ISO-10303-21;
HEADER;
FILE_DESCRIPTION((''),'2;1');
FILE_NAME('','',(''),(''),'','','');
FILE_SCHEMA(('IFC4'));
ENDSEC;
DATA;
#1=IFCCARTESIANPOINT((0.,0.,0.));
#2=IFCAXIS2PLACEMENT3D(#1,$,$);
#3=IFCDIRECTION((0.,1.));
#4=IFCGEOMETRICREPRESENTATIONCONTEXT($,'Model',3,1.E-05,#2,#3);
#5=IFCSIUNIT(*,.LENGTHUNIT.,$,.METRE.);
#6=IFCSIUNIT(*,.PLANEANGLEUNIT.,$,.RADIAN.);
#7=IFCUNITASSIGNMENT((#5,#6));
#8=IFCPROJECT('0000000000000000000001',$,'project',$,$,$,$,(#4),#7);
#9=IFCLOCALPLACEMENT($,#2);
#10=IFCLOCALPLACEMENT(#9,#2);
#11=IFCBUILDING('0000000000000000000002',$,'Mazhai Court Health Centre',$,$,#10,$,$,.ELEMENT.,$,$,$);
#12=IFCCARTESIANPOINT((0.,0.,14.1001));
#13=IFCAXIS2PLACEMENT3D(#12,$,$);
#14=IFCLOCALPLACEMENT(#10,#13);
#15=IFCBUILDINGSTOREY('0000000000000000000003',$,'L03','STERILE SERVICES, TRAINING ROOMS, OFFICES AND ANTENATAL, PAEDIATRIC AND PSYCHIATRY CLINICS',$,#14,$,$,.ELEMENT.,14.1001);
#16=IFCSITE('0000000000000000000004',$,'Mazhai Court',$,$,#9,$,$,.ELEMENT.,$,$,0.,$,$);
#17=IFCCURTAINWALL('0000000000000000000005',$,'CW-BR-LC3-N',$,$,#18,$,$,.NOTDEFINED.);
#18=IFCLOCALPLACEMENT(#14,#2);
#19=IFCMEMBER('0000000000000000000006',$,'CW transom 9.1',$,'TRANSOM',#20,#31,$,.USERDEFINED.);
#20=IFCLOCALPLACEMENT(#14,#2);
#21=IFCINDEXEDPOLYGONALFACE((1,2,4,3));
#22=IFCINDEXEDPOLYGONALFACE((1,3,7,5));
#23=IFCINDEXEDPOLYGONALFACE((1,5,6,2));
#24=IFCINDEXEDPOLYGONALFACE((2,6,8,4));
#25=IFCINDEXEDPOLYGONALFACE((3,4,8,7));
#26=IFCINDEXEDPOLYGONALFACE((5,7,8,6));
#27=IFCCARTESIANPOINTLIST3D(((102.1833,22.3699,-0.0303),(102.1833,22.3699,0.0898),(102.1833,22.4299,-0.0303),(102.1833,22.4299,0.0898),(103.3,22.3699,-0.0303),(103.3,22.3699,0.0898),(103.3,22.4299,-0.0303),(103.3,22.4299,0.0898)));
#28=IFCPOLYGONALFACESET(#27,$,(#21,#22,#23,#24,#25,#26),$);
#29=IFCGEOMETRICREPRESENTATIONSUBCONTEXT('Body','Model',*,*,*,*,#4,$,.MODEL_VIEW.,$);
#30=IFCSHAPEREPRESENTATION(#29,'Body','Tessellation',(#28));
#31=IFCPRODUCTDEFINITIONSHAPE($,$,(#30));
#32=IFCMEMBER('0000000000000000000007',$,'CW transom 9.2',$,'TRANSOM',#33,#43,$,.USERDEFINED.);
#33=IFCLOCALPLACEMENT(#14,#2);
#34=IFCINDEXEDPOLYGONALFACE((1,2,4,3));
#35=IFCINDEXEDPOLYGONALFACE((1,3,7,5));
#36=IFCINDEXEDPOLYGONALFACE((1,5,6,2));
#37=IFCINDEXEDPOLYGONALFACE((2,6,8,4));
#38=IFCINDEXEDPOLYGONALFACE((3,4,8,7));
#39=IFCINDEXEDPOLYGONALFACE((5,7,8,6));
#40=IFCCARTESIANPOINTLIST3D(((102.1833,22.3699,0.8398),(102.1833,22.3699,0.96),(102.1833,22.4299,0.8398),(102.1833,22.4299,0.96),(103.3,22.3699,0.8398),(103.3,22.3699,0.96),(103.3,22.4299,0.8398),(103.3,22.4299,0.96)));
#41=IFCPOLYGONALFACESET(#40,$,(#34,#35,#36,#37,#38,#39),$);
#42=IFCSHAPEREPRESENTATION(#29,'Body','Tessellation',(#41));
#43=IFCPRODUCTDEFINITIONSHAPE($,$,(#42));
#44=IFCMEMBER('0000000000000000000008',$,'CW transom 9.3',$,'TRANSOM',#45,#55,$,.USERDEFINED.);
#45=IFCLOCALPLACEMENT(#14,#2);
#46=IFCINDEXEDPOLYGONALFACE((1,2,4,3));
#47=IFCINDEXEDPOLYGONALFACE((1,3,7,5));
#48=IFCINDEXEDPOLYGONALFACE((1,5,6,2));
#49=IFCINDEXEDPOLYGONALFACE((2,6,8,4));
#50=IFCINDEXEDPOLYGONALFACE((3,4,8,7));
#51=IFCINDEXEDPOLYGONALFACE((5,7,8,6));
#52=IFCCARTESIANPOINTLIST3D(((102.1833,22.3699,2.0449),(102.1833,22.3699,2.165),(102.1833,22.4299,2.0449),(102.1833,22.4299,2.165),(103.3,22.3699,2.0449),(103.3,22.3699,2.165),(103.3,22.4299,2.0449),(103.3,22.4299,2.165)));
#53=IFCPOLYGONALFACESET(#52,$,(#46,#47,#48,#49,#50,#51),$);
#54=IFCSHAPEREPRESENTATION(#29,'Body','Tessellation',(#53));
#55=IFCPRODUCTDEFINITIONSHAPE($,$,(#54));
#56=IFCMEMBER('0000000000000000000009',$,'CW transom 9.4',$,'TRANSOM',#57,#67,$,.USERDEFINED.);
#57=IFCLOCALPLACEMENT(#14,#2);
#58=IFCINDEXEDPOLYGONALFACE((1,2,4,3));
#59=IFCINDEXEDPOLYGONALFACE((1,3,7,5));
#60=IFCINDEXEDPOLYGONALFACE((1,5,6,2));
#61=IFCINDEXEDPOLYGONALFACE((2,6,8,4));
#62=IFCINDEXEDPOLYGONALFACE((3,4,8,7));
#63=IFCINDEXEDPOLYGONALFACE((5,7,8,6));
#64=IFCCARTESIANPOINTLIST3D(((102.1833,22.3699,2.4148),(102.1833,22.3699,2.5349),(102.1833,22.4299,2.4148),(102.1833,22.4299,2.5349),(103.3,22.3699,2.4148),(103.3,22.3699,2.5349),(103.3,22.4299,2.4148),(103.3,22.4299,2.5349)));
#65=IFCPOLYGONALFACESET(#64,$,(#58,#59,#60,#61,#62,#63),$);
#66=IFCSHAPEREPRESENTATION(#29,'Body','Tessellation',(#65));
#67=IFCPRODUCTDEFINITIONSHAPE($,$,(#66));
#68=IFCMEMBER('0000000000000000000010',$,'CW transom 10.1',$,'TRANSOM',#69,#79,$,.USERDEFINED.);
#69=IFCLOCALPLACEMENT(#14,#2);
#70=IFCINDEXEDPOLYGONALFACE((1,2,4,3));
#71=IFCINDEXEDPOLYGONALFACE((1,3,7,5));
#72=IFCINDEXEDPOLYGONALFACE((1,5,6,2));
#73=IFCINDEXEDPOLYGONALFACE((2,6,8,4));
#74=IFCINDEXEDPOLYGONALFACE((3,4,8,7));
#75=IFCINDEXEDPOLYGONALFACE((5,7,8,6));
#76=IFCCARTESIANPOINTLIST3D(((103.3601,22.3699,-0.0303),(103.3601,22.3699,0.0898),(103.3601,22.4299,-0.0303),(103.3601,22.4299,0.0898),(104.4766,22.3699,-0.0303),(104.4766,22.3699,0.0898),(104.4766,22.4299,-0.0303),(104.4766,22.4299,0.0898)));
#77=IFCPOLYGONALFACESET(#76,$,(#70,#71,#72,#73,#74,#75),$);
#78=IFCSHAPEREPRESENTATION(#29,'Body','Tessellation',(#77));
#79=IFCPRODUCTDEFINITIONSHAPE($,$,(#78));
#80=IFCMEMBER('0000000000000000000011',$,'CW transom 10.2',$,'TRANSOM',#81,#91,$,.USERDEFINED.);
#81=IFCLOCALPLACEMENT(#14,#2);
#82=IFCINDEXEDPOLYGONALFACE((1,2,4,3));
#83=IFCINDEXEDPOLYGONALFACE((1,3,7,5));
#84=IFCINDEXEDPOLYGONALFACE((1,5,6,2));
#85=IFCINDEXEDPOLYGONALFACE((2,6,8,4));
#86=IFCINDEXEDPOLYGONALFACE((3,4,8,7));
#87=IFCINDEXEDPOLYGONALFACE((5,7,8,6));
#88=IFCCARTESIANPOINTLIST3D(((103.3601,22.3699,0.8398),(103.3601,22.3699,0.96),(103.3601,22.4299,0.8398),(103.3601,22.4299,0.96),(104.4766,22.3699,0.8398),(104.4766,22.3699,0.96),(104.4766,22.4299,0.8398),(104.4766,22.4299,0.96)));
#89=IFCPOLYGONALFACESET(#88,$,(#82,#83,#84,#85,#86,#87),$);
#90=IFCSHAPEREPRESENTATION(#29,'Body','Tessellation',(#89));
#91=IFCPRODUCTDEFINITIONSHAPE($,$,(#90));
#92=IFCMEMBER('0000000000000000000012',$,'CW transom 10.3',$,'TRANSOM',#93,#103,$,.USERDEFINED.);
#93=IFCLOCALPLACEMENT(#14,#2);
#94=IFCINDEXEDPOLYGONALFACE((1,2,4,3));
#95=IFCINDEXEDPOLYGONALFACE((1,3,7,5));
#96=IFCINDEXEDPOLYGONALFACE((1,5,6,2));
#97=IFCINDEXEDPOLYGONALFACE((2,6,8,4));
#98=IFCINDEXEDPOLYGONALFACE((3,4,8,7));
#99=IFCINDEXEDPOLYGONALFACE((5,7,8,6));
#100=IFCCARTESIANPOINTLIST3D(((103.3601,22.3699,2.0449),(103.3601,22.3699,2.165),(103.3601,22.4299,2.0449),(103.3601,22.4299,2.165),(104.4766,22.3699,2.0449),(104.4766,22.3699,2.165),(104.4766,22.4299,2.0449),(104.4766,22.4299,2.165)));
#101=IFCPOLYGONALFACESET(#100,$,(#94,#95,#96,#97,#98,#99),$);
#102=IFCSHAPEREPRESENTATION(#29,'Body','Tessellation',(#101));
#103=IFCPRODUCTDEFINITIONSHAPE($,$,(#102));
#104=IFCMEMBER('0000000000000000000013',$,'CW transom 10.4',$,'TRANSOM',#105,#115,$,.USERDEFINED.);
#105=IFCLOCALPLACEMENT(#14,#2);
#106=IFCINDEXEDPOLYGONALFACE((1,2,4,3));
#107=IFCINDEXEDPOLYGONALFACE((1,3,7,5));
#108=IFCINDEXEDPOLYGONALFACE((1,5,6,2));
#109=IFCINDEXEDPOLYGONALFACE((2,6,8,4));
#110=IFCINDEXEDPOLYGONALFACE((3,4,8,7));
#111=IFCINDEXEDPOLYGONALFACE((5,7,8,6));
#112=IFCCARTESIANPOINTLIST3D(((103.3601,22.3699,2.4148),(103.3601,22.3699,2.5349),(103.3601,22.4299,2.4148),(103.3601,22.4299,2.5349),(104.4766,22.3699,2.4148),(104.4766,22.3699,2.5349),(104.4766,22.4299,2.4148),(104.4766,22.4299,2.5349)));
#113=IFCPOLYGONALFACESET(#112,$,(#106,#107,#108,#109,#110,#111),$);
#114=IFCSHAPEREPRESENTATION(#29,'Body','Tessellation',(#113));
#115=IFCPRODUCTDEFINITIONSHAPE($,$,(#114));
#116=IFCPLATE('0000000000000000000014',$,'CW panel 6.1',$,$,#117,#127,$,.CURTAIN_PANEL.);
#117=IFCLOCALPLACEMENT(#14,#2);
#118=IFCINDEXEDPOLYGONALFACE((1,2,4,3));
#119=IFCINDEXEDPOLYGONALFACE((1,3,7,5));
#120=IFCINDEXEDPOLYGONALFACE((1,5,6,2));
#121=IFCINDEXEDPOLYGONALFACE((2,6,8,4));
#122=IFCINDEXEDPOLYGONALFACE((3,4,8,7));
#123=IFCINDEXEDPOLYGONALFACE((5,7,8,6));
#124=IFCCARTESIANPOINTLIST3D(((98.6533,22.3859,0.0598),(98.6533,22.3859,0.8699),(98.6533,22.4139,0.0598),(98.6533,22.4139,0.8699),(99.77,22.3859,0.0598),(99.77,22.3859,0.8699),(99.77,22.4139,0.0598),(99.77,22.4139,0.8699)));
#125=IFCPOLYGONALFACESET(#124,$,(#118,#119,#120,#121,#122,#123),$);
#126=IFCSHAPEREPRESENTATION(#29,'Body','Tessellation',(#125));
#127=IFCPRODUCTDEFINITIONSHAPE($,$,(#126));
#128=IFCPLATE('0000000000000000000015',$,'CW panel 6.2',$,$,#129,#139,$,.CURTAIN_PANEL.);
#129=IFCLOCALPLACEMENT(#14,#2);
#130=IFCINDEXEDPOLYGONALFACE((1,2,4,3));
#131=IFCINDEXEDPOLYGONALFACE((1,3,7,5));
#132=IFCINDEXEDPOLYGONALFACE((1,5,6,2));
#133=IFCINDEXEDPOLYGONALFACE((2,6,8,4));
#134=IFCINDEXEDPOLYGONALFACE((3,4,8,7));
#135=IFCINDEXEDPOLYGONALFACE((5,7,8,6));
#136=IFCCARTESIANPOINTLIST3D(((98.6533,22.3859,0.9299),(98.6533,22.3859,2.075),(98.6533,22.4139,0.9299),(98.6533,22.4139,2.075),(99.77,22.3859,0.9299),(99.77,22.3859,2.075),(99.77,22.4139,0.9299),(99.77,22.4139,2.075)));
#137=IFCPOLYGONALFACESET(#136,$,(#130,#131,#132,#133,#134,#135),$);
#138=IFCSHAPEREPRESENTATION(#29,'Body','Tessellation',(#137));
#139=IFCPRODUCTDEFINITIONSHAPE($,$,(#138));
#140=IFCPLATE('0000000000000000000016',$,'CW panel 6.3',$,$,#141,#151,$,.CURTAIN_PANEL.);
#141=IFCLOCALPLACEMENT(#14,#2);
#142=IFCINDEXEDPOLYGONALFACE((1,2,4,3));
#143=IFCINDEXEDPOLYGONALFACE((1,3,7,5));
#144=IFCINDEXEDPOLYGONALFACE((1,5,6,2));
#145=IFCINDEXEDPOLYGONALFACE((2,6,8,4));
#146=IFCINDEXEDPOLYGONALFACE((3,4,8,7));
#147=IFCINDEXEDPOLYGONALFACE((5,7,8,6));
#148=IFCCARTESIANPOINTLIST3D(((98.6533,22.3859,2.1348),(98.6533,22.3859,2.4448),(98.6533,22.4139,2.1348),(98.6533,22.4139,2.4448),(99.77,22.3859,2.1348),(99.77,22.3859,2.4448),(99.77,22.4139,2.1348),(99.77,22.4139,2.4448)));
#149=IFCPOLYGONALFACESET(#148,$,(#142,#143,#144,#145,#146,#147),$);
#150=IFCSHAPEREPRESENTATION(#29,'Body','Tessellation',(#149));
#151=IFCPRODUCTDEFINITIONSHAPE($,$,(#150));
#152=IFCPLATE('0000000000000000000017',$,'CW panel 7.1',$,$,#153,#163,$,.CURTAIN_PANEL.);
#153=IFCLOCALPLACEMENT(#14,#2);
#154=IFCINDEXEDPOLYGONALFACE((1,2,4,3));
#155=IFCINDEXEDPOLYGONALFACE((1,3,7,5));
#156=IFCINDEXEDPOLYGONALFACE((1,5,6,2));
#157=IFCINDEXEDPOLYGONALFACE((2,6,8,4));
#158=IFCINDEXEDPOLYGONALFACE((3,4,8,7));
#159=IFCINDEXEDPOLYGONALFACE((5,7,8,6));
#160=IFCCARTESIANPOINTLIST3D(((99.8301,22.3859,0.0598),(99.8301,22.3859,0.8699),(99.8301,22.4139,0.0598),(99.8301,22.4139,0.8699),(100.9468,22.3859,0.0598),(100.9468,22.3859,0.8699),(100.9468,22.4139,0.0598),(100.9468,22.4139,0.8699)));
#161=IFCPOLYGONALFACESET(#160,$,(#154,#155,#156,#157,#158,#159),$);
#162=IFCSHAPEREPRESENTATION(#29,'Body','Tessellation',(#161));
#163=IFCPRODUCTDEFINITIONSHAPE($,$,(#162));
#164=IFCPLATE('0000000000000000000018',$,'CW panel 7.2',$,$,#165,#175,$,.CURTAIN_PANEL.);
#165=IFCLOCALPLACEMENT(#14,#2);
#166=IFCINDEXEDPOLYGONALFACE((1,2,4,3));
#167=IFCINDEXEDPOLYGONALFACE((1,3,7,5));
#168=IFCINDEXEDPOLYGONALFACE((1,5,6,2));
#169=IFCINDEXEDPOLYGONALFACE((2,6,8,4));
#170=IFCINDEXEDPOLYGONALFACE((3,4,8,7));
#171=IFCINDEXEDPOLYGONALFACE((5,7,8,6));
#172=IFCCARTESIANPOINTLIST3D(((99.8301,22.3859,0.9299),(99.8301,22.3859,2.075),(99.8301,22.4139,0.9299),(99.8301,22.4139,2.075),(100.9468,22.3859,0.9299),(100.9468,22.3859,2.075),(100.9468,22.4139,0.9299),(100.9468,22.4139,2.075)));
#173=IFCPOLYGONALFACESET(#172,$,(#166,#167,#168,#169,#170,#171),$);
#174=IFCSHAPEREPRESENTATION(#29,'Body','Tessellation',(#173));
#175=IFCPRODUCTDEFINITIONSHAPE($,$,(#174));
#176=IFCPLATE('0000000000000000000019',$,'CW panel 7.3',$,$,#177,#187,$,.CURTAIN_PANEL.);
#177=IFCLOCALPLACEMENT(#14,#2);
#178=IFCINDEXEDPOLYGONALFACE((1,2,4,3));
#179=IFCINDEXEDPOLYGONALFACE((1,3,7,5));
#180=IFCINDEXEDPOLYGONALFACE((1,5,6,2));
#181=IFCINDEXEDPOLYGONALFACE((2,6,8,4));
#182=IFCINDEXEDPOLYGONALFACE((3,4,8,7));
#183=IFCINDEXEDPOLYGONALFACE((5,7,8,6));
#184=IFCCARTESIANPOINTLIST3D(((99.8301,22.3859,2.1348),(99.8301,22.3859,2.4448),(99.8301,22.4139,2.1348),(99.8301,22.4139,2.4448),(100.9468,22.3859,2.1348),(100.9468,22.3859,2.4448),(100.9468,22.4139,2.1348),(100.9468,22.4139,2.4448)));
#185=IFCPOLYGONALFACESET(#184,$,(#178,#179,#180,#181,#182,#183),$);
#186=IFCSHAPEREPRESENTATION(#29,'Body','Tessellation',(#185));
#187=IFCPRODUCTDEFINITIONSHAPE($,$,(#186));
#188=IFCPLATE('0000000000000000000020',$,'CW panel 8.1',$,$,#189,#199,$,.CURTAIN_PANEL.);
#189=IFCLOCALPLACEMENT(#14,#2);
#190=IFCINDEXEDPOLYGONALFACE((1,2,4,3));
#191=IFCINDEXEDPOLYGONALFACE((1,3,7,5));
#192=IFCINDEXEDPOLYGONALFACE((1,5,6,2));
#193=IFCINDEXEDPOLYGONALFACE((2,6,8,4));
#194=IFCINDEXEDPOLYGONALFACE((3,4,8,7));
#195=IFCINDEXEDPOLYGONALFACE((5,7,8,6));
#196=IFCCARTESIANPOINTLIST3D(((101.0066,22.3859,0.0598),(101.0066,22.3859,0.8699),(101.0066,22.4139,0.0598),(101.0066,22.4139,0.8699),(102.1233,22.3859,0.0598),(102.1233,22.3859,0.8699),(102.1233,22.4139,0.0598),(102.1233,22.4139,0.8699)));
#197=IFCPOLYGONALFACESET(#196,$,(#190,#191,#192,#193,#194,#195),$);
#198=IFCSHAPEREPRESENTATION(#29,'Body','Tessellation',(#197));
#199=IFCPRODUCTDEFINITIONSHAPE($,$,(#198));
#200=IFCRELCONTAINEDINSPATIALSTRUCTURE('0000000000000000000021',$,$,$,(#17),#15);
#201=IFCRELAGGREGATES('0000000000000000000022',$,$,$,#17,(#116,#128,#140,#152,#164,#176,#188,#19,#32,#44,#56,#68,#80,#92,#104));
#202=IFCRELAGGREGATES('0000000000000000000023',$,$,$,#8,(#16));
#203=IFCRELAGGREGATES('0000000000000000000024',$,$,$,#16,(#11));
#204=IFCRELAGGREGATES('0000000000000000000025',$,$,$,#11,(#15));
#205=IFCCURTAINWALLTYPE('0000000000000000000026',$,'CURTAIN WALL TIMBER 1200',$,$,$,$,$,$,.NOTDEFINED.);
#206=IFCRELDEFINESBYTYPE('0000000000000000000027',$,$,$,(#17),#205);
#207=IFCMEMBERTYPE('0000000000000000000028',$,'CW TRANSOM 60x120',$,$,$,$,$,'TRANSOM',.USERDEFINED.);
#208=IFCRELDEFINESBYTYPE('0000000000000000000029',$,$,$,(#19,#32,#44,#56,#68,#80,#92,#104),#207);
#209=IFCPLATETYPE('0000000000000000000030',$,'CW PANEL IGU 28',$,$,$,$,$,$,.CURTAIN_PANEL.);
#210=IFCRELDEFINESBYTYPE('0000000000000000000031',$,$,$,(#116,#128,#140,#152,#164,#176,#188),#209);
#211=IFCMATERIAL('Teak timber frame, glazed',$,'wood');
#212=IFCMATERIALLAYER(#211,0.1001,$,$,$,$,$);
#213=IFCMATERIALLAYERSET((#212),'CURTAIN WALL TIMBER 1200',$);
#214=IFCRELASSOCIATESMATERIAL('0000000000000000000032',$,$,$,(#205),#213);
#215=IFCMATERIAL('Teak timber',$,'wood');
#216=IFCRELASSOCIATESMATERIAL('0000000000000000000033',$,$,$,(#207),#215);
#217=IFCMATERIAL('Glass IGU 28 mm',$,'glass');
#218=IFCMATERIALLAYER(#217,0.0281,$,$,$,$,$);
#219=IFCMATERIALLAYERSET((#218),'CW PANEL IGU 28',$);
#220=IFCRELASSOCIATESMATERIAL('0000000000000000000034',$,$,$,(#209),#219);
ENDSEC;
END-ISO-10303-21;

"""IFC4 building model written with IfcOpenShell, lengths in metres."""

from ifc_helpers import new_model, si_unit, direction, frame, origin, origin_2d, place, context, subcontext, project, spatial, rectangle, extrude, material, layer, layer_set, material_profile, profile_set, type_object, element, aggregate, save


model = new_model("IFC4")

# Units and contexts
model_context = context("Model", 3, precision=1e-05, world=origin(), true_north=direction((0.0, 1.0)))
body_context = subcontext(model_context, "Body", "Model", "MODEL_VIEW")
ifc_project = project(units=[si_unit("LENGTHUNIT", "METRE"), si_unit("PLANEANGLEUNIT", "RADIAN")], contexts=[model_context])

# Site, building, storey
site_placement = place(None, origin())
site = spatial("IfcSite", under=ifc_project, at=site_placement, Name="Mazhai Court", CompositionType="ELEMENT", RefElevation=0.0)
building_placement = place(site_placement, origin())
building = spatial("IfcBuilding", under=site, at=building_placement, Name="Mazhai Court Health Centre", CompositionType="ELEMENT")
storey_placement = place(building_placement, frame((0.0, 0.0, 14.1001)))
storey = spatial("IfcBuildingStorey", under=building, at=storey_placement, Name="L03", Description="STERILE SERVICES, TRAINING ROOMS, OFFICES AND ANTENATAL, PAEDIATRIC AND PSYCHIATRY CLINICS", CompositionType="ELEMENT", Elevation=14.1001)

# Shared definitions
ifc_material_1 = material(Name="Teak timber frame, glazed", Category="wood")
ifc_layer_1 = layer(ifc_material_1, 0.1001)
ifc_layer_set_1 = layer_set([ifc_layer_1], Name="CURTAIN WALL TIMBER 1200")
curtain_wall_type = type_object("IfcCurtainWallType", Name="CURTAIN WALL TIMBER 1200", PredefinedType="NOTDEFINED", material=ifc_layer_set_1)

# Curtain wall, members, plates
curtain_wall_1_placement = place(storey_placement, origin())
curtain_wall_1 = element("IfcCurtainWall", 1, at=curtain_wall_1_placement, inside=storey, type_object=curtain_wall_type, Name="CW-BR-LC3-N", PredefinedType="NOTDEFINED")
ifc_material_2 = material(Name="Teak timber", Category="wood")
ifc_material_profile_1 = material_profile(ifc_material_2, rectangle(XDim=0.0601, YDim=0.1201, at=origin_2d()), Name="CW TRANSOM 60x120")
ifc_profile_set_1 = profile_set([ifc_material_profile_1], Name="Teak timber")
member_type_1 = type_object("IfcMemberType", Name="CW TRANSOM 60x120", ElementType="TRANSOM", PredefinedType="USERDEFINED", material=ifc_profile_set_1)
member_1_placement = place(storey_placement, frame((102.1833, 22.3999, 0.0298), z_axis=(1.0, 0.0, 0.0), x_axis=(0.0, 1.0, 0.0)))
member_1 = element("IfcMember", 2, at=member_1_placement, type_object=member_type_1, Name="CW transom 9.1", ObjectType="TRANSOM", PredefinedType="USERDEFINED", context=body_context, shape_type="SweptSolid", body=[
    extrude(rectangle(XDim=0.0601, YDim=0.1201, at=origin_2d()), origin(), (0.0, 0.0, 1.0), 1.1167),
])
member_2_placement = place(storey_placement, frame((102.1833, 22.3999, 0.8999), z_axis=(1.0, 0.0, 0.0), x_axis=(0.0, 1.0, 0.0)))
member_2 = element("IfcMember", 3, at=member_2_placement, type_object=member_type_1, Name="CW transom 9.2", ObjectType="TRANSOM", PredefinedType="USERDEFINED", context=body_context, shape_type="SweptSolid", body=[
    extrude(rectangle(XDim=0.0601, YDim=0.1201, at=origin_2d()), origin(), (0.0, 0.0, 1.0), 1.1167),
])
member_3_placement = place(storey_placement, frame((102.1833, 22.3999, 2.105), z_axis=(1.0, 0.0, 0.0), x_axis=(0.0, 1.0, 0.0)))
member_3 = element("IfcMember", 4, at=member_3_placement, type_object=member_type_1, Name="CW transom 9.3", ObjectType="TRANSOM", PredefinedType="USERDEFINED", context=body_context, shape_type="SweptSolid", body=[
    extrude(rectangle(XDim=0.0601, YDim=0.1201, at=origin_2d()), origin(), (0.0, 0.0, 1.0), 1.1167),
])
member_4_placement = place(storey_placement, frame((102.1833, 22.3999, 2.4749), z_axis=(1.0, 0.0, 0.0), x_axis=(0.0, 1.0, 0.0)))
member_4 = element("IfcMember", 5, at=member_4_placement, type_object=member_type_1, Name="CW transom 9.4", ObjectType="TRANSOM", PredefinedType="USERDEFINED", context=body_context, shape_type="SweptSolid", body=[
    extrude(rectangle(XDim=0.0601, YDim=0.1201, at=origin_2d()), origin(), (0.0, 0.0, 1.0), 1.1167),
])
member_5_placement = place(storey_placement, frame((103.3601, 22.3999, 0.0298), z_axis=(1.0, 0.0, 0.0), x_axis=(0.0, 1.0, 0.0)))
member_5 = element("IfcMember", 6, at=member_5_placement, type_object=member_type_1, Name="CW transom 10.1", ObjectType="TRANSOM", PredefinedType="USERDEFINED", context=body_context, shape_type="SweptSolid", body=[
    extrude(rectangle(XDim=0.0601, YDim=0.1201, at=origin_2d()), origin(), (0.0, 0.0, 1.0), 1.1165),
])
member_6_placement = place(storey_placement, frame((103.3601, 22.3999, 0.8999), z_axis=(1.0, 0.0, 0.0), x_axis=(0.0, 1.0, 0.0)))
member_6 = element("IfcMember", 7, at=member_6_placement, type_object=member_type_1, Name="CW transom 10.2", ObjectType="TRANSOM", PredefinedType="USERDEFINED", context=body_context, shape_type="SweptSolid", body=[
    extrude(rectangle(XDim=0.0601, YDim=0.1201, at=origin_2d()), origin(), (0.0, 0.0, 1.0), 1.1165),
])
member_7_placement = place(storey_placement, frame((103.3601, 22.3999, 2.105), z_axis=(1.0, 0.0, 0.0), x_axis=(0.0, 1.0, 0.0)))
member_7 = element("IfcMember", 8, at=member_7_placement, type_object=member_type_1, Name="CW transom 10.3", ObjectType="TRANSOM", PredefinedType="USERDEFINED", context=body_context, shape_type="SweptSolid", body=[
    extrude(rectangle(XDim=0.0601, YDim=0.1201, at=origin_2d()), origin(), (0.0, 0.0, 1.0), 1.1165),
])
member_8_placement = place(storey_placement, frame((103.3601, 22.3999, 2.4749), z_axis=(1.0, 0.0, 0.0), x_axis=(0.0, 1.0, 0.0)))
member_8 = element("IfcMember", 9, at=member_8_placement, type_object=member_type_1, Name="CW transom 10.4", ObjectType="TRANSOM", PredefinedType="USERDEFINED", context=body_context, shape_type="SweptSolid", body=[
    extrude(rectangle(XDim=0.0601, YDim=0.1201, at=origin_2d()), origin(), (0.0, 0.0, 1.0), 1.1165),
])
ifc_material_3 = material(Name="Glass IGU 28 mm", Category="glass")
ifc_layer_2 = layer(ifc_material_3, 0.0281)
ifc_layer_set_2 = layer_set([ifc_layer_2], Name="CW PANEL IGU 28")
plate_type = type_object("IfcPlateType", Name="CW PANEL IGU 28", PredefinedType="CURTAIN_PANEL", material=ifc_layer_set_2)
plate_1_placement = place(storey_placement, frame((99.2117, 22.3999, 0.0598), z_axis=(0.0, 0.0, 1.0), x_axis=(1.0, 0.0, 0.0)))
plate_1 = element("IfcPlate", 10, at=plate_1_placement, type_object=plate_type, Name="CW panel 6.1", PredefinedType="CURTAIN_PANEL", context=body_context, shape_type="SweptSolid", body=[
    extrude(rectangle(XDim=1.1167, YDim=0.0281, at=origin_2d()), origin(), (0.0, 0.0, 1.0), 0.8101),
])
plate_2_placement = place(storey_placement, frame((99.2117, 22.3999, 0.9299), z_axis=(0.0, 0.0, 1.0), x_axis=(1.0, 0.0, 0.0)))
plate_2 = element("IfcPlate", 11, at=plate_2_placement, type_object=plate_type, Name="CW panel 6.2", PredefinedType="CURTAIN_PANEL", context=body_context, shape_type="SweptSolid", body=[
    extrude(rectangle(XDim=1.1167, YDim=0.0281, at=origin_2d()), origin(), (0.0, 0.0, 1.0), 1.145),
])
plate_3_placement = place(storey_placement, frame((99.2117, 22.3999, 2.1348), z_axis=(0.0, 0.0, 1.0), x_axis=(1.0, 0.0, 0.0)))
plate_3 = element("IfcPlate", 12, at=plate_3_placement, type_object=plate_type, Name="CW panel 6.3", PredefinedType="CURTAIN_PANEL", context=body_context, shape_type="SweptSolid", body=[
    extrude(rectangle(XDim=1.1167, YDim=0.0281, at=origin_2d()), origin(), (0.0, 0.0, 1.0), 0.3101),
])
plate_4_placement = place(storey_placement, frame((100.3884, 22.3999, 0.0598), z_axis=(0.0, 0.0, 1.0), x_axis=(1.0, 0.0, 0.0)))
plate_4 = element("IfcPlate", 13, at=plate_4_placement, type_object=plate_type, Name="CW panel 7.1", PredefinedType="CURTAIN_PANEL", context=body_context, shape_type="SweptSolid", body=[
    extrude(rectangle(XDim=1.1167, YDim=0.0281, at=origin_2d()), origin(), (0.0, 0.0, 1.0), 0.8101),
])
plate_5_placement = place(storey_placement, frame((100.3884, 22.3999, 0.9299), z_axis=(0.0, 0.0, 1.0), x_axis=(1.0, 0.0, 0.0)))
plate_5 = element("IfcPlate", 14, at=plate_5_placement, type_object=plate_type, Name="CW panel 7.2", PredefinedType="CURTAIN_PANEL", context=body_context, shape_type="SweptSolid", body=[
    extrude(rectangle(XDim=1.1167, YDim=0.0281, at=origin_2d()), origin(), (0.0, 0.0, 1.0), 1.145),
])
plate_6_placement = place(storey_placement, frame((100.3884, 22.3999, 2.1348), z_axis=(0.0, 0.0, 1.0), x_axis=(1.0, 0.0, 0.0)))
plate_6 = element("IfcPlate", 15, at=plate_6_placement, type_object=plate_type, Name="CW panel 7.3", PredefinedType="CURTAIN_PANEL", context=body_context, shape_type="SweptSolid", body=[
    extrude(rectangle(XDim=1.1167, YDim=0.0281, at=origin_2d()), origin(), (0.0, 0.0, 1.0), 0.3101),
])
plate_7_placement = place(storey_placement, frame((101.5649, 22.3999, 0.0598), z_axis=(0.0, 0.0, 1.0), x_axis=(1.0, 0.0, 0.0)))
plate_7 = element("IfcPlate", 16, at=plate_7_placement, type_object=plate_type, Name="CW panel 8.1", PredefinedType="CURTAIN_PANEL", context=body_context, shape_type="SweptSolid", body=[
    extrude(rectangle(XDim=1.1167, YDim=0.0281, at=origin_2d()), origin(), (0.0, 0.0, 1.0), 0.8101),
])
aggregate(curtain_wall_1, [plate_1, plate_2, plate_3, plate_4, plate_5, plate_6, plate_7, member_1, member_2, member_3, member_4, member_5, member_6, member_7, member_8])

save(model, "model.ifc")
